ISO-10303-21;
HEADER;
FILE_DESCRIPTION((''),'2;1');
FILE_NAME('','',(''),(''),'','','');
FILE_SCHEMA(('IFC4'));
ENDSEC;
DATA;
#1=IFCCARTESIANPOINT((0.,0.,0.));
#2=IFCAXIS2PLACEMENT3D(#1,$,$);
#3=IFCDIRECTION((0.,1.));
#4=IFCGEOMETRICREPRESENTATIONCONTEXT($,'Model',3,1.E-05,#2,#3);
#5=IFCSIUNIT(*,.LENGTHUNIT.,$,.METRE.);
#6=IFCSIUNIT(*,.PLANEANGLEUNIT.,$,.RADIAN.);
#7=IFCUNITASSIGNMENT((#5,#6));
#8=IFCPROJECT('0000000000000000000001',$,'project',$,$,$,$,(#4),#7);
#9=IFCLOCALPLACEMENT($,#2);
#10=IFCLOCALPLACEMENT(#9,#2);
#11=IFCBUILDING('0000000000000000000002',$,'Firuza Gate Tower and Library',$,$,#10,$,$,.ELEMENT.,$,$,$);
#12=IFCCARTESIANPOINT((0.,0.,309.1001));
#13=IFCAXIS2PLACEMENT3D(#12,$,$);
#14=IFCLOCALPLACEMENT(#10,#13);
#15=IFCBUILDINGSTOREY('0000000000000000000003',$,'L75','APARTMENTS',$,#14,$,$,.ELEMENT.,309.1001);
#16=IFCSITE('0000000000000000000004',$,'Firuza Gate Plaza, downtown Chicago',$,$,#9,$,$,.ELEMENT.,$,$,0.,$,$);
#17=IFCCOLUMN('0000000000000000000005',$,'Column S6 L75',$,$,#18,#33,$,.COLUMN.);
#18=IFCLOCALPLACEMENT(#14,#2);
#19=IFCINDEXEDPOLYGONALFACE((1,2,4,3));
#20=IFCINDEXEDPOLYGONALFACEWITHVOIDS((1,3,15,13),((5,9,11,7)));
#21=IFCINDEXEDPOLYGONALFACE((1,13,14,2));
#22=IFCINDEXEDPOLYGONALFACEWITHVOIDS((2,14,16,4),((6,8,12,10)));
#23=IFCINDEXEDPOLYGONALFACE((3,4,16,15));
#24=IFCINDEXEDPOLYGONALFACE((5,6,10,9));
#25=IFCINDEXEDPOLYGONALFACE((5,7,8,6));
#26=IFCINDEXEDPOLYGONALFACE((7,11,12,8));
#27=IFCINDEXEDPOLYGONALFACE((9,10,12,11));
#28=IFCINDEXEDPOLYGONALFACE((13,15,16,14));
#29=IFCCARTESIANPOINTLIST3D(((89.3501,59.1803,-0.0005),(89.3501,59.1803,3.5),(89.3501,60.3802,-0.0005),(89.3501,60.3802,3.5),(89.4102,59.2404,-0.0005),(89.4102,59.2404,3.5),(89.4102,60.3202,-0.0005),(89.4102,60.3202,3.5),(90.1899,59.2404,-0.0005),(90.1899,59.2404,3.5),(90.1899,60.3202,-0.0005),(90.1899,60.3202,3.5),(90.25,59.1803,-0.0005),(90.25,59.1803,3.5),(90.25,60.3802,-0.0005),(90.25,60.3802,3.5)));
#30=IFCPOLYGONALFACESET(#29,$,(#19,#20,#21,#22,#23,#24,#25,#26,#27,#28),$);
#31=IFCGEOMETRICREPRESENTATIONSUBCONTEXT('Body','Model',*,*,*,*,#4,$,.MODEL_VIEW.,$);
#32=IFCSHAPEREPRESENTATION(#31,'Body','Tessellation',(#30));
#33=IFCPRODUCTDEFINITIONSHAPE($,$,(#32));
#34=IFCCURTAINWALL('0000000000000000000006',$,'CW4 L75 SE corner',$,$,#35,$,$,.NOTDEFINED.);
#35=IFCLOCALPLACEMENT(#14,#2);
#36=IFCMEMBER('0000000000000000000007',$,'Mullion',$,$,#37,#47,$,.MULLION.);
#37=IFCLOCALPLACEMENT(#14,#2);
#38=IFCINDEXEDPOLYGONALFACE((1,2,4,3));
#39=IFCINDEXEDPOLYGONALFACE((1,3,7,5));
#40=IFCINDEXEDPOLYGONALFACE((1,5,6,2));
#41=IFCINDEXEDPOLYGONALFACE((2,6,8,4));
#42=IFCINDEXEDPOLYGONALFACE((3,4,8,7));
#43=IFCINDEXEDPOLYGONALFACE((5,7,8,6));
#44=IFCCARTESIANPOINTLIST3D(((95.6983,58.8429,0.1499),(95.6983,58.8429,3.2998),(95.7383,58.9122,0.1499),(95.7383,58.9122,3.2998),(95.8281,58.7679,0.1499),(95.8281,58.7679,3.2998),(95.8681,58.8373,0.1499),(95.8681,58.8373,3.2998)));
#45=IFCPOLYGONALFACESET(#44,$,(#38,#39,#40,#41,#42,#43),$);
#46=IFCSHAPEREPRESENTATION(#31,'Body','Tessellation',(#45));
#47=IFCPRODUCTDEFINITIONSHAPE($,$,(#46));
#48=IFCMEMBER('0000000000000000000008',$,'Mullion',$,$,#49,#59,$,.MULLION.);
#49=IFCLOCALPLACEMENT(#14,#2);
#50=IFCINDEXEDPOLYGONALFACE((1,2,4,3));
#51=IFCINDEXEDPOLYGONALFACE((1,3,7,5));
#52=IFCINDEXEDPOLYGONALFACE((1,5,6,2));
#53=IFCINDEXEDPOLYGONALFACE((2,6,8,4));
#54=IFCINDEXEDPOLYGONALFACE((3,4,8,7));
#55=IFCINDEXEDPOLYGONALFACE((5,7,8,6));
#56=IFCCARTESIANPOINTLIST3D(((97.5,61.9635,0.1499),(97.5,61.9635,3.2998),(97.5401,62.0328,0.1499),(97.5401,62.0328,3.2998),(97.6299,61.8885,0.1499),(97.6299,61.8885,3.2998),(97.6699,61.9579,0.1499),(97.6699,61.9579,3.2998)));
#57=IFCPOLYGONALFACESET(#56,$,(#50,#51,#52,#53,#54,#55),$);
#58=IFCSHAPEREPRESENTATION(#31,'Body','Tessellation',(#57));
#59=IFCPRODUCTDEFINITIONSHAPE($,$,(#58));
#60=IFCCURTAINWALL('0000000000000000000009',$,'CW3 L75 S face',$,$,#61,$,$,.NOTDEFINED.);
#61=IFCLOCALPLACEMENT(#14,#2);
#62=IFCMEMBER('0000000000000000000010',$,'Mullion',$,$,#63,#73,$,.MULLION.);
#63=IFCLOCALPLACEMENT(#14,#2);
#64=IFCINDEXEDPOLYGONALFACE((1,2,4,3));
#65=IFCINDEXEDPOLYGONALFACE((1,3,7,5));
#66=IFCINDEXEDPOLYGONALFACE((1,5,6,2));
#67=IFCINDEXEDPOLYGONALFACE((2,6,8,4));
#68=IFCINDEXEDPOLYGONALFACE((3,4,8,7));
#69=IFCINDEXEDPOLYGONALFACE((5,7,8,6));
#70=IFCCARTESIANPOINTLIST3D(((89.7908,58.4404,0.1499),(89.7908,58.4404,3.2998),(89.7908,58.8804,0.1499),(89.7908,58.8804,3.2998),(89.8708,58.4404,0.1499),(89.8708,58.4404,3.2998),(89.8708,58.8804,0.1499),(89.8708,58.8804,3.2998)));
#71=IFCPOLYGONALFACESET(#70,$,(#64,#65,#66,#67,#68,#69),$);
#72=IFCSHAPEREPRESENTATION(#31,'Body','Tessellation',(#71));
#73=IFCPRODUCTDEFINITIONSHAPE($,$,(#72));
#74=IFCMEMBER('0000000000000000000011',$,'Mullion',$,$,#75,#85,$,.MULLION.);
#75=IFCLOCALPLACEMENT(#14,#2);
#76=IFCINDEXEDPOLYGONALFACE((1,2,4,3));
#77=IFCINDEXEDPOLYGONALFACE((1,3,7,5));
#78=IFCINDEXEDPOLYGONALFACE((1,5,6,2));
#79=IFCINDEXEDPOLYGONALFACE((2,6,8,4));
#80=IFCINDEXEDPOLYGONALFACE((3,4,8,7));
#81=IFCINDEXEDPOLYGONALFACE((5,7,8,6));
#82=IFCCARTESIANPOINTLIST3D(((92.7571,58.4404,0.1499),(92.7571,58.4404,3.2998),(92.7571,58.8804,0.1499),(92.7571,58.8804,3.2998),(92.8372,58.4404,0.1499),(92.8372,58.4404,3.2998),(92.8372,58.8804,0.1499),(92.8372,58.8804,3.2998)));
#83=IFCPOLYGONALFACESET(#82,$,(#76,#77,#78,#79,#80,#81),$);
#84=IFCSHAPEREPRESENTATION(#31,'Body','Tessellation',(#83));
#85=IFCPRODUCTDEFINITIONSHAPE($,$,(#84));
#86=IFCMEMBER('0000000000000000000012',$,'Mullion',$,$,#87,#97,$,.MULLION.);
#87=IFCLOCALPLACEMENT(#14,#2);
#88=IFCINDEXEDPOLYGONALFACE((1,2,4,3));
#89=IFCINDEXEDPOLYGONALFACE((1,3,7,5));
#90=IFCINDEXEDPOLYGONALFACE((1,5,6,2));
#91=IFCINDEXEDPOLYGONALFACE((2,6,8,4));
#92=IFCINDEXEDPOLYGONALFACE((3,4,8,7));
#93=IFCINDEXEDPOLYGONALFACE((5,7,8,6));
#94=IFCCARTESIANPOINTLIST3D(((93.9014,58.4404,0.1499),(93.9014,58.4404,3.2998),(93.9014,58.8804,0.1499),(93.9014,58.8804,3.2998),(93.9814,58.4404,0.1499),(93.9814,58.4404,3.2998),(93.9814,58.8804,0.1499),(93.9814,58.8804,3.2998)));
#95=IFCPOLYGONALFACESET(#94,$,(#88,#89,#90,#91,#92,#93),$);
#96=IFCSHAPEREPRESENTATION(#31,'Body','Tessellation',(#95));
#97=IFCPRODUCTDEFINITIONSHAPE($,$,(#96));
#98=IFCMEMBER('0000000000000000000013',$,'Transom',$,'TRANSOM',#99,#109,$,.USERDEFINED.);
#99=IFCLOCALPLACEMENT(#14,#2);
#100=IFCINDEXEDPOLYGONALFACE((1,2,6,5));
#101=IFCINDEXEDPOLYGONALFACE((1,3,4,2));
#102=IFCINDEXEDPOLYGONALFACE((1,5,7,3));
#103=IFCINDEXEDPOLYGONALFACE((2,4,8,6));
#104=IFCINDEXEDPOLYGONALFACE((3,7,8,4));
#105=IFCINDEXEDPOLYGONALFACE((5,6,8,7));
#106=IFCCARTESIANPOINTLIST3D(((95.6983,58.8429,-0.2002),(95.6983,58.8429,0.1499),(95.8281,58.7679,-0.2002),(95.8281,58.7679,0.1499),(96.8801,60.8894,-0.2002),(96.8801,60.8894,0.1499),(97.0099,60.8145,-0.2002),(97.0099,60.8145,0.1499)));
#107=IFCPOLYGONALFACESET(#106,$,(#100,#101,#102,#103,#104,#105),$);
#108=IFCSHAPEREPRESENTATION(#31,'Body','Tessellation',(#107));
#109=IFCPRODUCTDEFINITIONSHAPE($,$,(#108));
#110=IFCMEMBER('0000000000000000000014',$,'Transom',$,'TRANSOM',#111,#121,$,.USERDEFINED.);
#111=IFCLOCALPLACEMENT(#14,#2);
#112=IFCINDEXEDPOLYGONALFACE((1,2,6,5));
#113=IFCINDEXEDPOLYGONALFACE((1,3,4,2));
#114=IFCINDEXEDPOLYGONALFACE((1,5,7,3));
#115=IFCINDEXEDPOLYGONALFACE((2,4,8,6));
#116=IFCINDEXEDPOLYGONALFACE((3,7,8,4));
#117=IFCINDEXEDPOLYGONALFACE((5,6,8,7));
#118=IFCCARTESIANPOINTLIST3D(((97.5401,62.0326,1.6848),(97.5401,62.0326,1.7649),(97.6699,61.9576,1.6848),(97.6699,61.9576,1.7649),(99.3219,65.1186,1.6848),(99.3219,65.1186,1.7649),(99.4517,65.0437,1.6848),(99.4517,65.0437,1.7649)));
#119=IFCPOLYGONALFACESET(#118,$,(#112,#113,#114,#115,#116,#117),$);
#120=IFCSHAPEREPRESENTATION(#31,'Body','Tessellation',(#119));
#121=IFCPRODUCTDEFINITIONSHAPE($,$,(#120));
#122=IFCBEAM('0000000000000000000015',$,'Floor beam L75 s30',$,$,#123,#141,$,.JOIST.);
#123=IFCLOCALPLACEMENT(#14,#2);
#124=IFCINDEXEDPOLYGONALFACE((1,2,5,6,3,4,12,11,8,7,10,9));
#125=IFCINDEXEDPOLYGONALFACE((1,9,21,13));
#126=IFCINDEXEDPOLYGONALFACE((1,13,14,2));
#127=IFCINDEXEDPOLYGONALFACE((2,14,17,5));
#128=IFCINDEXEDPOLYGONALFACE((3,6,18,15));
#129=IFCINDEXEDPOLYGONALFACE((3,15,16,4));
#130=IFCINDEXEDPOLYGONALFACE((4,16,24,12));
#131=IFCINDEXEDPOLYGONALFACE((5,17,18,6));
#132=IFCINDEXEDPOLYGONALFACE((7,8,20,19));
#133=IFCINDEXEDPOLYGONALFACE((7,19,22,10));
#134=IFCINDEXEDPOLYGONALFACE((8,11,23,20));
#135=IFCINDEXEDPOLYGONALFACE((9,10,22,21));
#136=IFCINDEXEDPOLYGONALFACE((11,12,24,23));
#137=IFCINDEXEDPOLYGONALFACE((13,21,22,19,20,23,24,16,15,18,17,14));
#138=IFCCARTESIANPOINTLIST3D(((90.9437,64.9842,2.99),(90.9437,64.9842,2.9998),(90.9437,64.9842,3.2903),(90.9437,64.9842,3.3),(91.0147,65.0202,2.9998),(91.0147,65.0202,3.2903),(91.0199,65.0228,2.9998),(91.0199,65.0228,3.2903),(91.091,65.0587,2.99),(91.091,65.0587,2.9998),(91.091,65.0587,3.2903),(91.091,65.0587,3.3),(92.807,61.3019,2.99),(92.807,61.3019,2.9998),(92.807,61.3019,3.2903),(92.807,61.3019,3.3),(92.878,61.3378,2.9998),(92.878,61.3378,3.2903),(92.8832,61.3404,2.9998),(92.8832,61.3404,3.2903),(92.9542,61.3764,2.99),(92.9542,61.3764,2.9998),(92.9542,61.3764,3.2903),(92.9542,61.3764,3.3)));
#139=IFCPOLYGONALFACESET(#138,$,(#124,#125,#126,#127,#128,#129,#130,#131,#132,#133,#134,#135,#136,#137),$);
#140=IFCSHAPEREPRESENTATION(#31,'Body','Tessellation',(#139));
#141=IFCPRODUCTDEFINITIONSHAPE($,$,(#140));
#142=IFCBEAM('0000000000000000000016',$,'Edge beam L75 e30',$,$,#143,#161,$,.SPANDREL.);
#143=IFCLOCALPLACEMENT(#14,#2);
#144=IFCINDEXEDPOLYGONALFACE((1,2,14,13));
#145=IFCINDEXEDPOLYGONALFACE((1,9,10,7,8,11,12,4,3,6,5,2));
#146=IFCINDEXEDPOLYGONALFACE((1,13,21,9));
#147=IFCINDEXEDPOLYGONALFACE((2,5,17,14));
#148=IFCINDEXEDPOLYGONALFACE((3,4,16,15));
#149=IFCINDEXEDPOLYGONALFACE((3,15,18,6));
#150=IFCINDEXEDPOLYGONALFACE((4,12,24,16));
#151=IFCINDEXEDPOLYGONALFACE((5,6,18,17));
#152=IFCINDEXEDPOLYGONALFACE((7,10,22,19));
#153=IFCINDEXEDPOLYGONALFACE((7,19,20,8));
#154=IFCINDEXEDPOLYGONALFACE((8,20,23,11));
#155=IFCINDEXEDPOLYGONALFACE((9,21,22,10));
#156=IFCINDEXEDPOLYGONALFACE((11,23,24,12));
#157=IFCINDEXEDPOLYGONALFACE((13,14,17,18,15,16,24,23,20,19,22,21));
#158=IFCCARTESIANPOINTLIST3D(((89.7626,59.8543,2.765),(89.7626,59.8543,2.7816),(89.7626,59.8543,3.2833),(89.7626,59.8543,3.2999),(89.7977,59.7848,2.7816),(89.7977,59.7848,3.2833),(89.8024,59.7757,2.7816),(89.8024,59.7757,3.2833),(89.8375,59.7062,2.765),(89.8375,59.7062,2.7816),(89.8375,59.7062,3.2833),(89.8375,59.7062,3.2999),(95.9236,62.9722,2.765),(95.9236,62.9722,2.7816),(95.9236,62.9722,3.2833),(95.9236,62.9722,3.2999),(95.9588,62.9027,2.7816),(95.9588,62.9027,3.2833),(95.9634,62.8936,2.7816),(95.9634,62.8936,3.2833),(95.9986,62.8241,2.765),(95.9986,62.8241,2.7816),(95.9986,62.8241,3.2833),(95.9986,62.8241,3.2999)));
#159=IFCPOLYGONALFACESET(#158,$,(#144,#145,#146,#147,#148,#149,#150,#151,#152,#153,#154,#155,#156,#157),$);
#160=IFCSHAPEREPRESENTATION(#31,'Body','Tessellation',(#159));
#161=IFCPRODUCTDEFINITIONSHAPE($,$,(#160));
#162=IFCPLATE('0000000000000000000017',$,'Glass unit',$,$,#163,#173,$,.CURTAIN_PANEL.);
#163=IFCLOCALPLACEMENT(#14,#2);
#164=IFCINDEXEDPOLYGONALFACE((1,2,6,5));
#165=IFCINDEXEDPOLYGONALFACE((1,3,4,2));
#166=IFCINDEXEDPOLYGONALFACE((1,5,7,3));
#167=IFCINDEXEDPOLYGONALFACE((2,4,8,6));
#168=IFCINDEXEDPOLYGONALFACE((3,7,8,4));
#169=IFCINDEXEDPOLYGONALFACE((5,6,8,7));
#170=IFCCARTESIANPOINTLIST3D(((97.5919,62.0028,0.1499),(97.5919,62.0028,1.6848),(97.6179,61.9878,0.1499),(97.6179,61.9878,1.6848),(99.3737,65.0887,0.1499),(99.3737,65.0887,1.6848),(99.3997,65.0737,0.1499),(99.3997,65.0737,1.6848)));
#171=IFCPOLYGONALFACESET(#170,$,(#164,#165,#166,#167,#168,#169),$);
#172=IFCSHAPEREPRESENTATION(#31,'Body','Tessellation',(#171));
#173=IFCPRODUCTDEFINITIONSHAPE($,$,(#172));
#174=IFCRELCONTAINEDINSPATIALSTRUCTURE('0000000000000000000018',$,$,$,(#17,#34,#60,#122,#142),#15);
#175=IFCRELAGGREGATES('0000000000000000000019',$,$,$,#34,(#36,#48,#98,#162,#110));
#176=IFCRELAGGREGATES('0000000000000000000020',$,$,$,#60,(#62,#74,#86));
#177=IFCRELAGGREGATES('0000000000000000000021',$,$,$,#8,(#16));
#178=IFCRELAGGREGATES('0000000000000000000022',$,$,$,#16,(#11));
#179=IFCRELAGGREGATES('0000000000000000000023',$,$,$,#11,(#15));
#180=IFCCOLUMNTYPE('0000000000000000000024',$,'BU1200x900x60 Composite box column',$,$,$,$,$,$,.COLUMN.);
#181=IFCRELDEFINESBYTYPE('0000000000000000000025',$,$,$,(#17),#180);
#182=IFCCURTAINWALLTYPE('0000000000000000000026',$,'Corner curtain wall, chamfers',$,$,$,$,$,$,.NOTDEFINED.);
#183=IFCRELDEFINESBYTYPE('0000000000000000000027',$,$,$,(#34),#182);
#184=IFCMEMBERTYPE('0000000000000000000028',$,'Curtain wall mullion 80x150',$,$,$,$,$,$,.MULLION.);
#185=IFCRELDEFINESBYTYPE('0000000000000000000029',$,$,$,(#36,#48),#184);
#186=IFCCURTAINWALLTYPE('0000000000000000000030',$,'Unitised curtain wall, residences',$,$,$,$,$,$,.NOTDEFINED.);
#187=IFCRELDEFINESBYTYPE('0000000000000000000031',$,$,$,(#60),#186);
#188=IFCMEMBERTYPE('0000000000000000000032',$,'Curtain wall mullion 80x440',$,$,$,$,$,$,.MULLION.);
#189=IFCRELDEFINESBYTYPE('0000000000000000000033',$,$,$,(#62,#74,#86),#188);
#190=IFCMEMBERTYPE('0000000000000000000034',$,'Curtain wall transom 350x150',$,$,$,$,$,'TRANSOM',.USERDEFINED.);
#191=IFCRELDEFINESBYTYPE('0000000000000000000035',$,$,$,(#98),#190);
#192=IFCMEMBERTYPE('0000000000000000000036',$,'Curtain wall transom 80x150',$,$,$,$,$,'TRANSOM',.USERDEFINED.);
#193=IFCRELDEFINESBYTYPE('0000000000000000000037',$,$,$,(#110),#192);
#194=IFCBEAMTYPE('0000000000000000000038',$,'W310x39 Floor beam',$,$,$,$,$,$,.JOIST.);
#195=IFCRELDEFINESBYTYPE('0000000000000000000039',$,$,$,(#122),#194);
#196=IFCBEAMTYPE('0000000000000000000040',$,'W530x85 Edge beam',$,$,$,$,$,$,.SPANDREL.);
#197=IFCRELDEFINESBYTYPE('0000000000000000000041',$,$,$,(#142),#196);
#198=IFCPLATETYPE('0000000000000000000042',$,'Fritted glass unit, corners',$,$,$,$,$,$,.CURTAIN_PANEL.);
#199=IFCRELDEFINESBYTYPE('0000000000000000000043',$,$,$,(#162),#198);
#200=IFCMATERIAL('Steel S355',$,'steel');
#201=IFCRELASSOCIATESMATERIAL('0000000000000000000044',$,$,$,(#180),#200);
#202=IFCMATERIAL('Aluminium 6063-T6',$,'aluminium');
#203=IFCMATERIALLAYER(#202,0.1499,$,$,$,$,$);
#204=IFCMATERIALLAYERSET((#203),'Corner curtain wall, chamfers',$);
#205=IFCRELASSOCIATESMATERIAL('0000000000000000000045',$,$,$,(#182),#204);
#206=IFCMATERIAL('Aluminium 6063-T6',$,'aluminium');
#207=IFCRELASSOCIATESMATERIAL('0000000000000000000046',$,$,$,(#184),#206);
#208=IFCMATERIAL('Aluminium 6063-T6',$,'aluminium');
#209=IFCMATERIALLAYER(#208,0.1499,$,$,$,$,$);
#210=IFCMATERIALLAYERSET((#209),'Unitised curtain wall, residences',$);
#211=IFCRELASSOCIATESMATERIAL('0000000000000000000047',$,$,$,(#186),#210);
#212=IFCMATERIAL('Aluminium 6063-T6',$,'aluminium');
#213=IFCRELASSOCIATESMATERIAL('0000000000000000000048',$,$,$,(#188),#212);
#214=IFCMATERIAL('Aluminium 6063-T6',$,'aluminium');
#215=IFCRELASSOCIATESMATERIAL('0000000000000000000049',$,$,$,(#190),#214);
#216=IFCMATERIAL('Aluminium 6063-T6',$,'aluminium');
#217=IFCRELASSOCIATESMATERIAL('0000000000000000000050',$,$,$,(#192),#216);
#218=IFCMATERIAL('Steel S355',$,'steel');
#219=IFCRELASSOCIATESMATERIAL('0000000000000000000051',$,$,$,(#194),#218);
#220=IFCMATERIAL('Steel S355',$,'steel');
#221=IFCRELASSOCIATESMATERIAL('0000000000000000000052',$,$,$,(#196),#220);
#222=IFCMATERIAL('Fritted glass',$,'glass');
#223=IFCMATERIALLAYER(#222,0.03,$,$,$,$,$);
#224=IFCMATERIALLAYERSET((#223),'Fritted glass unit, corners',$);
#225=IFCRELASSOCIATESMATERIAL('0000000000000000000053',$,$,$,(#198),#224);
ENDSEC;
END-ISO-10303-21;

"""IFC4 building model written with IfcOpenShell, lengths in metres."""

from ifc_helpers import new_model, si_unit, direction, frame, origin, origin_2d, place, context, subcontext, project, spatial, polyline, rectangle, hollow_rectangle, i_section, outline, extrude, material, layer, layer_set, material_profile, profile_set, type_object, element, aggregate, save


model = new_model("IFC4")

# Units and contexts
model_context = context("Model", 3, precision=1e-05, world=origin(), true_north=direction((0.0, 1.0)))
body_context = subcontext(model_context, "Body", "Model", "MODEL_VIEW")
ifc_project = project(units=[si_unit("LENGTHUNIT", "METRE"), si_unit("PLANEANGLEUNIT", "RADIAN")], contexts=[model_context])

# Site, building, storey
site_placement = place(None, origin())
site = spatial("IfcSite", under=ifc_project, at=site_placement, Name="Firuza Gate Plaza, downtown Chicago", CompositionType="ELEMENT", RefElevation=0.0)
building_placement = place(site_placement, origin())
building = spatial("IfcBuilding", under=site, at=building_placement, Name="Firuza Gate Tower and Library", CompositionType="ELEMENT")
storey_placement = place(building_placement, frame((0.0, 0.0, 309.1001)))
storey = spatial("IfcBuildingStorey", under=building, at=storey_placement, Name="L75", Description="APARTMENTS", CompositionType="ELEMENT", Elevation=309.1001)

# Column
ifc_material_1 = material(Name="Steel S355", Category="steel")
ifc_material_profile_1 = material_profile(ifc_material_1, hollow_rectangle(XDim=0.8999, YDim=1.2, WallThickness=0.0601, at=origin_2d()))
ifc_profile_set_1 = profile_set([ifc_material_profile_1], Name="Steel S355")
column_type = type_object("IfcColumnType", Name="BU1200x900x60 Composite box column", PredefinedType="COLUMN", material=ifc_profile_set_1)
column_placement = place(storey_placement, frame((89.8, 59.7803, -0.0005), z_axis=(0.0, 0.0, 1.0), x_axis=(1.0, 0.0, 0.0)))
element("IfcColumn", 1, at=column_placement, inside=storey, type_object=column_type, Name="Column S6 L75", PredefinedType="COLUMN", context=body_context, shape_type="SweptSolid", body=[
    extrude(hollow_rectangle(XDim=0.8999, YDim=1.2, WallThickness=0.0601, at=origin_2d()), origin(), (0.0, 0.0, 1.0), 3.5005),
])

# Curtain walls, members
ifc_material_2 = material(Name="Aluminium 6063-T6", Category="aluminium")
ifc_layer_1 = layer(ifc_material_2, 0.1499)
ifc_layer_set_1 = layer_set([ifc_layer_1], Name="Corner curtain wall, chamfers")
curtain_wall_type_1 = type_object("IfcCurtainWallType", Name="Corner curtain wall, chamfers", PredefinedType="NOTDEFINED", material=ifc_layer_set_1)
placement = place(storey_placement, origin())
curtain_wall_1 = element("IfcCurtainWall", 2, at=placement, inside=storey, type_object=curtain_wall_type_1, Name="CW4 L75 SE corner", PredefinedType="NOTDEFINED")
ifc_material_3 = material(Name="Aluminium 6063-T6", Category="aluminium")
ifc_material_profile_2 = material_profile(ifc_material_3, rectangle(XDim=0.1499, YDim=0.0801, at=origin_2d()))
ifc_profile_set_2 = profile_set([ifc_material_profile_2], Name="Aluminium 6063-T6")
member_type_1 = type_object("IfcMemberType", Name="Curtain wall mullion 80x150", PredefinedType="MULLION", material=ifc_profile_set_2)
member_1_placement = place(storey_placement, frame((95.7832, 58.8401, 0.1499), z_axis=(0.0, 0.0, 1.0), x_axis=(-0.866025, 0.5, 0.0)))
member_1 = element("IfcMember", 3, at=member_1_placement, type_object=member_type_1, Name="Mullion", PredefinedType="MULLION", context=body_context, shape_type="SweptSolid", body=[
    extrude(rectangle(XDim=0.1499, YDim=0.0801, at=origin_2d()), origin(), (0.0, 0.0, 1.0), 3.1499),
])
member_2_placement = place(storey_placement, frame((97.585, 61.9607, 0.1499), z_axis=(0.0, 0.0, 1.0), x_axis=(-0.866025, 0.5, 0.0)))
member_2 = element("IfcMember", 4, at=member_2_placement, type_object=member_type_1, Name="Mullion", PredefinedType="MULLION", context=body_context, shape_type="SweptSolid", body=[
    extrude(rectangle(XDim=0.1499, YDim=0.0801, at=origin_2d()), origin(), (0.0, 0.0, 1.0), 3.1499),
])
ifc_material_4 = material(Name="Aluminium 6063-T6", Category="aluminium")
ifc_layer_2 = layer(ifc_material_4, 0.1499)
ifc_layer_set_2 = layer_set([ifc_layer_2], Name="Unitised curtain wall, residences")
curtain_wall_type_2 = type_object("IfcCurtainWallType", Name="Unitised curtain wall, residences", PredefinedType="NOTDEFINED", material=ifc_layer_set_2)
curtain_wall_2 = element("IfcCurtainWall", 5, at=placement, inside=storey, type_object=curtain_wall_type_2, Name="CW3 L75 S face", PredefinedType="NOTDEFINED")
ifc_material_5 = material(Name="Aluminium 6063-T6", Category="aluminium")
ifc_material_profile_3 = material_profile(ifc_material_5, rectangle(XDim=0.4399, YDim=0.0801, at=origin_2d()))
ifc_profile_set_3 = profile_set([ifc_material_profile_3], Name="Aluminium 6063-T6")
member_type_2 = type_object("IfcMemberType", Name="Curtain wall mullion 80x440", PredefinedType="MULLION", material=ifc_profile_set_3)
member_3_placement = place(storey_placement, frame((89.8308, 58.6604, 0.1499), z_axis=(0.0, 0.0, 1.0), x_axis=(0.0, 1.0, 0.0)))
member_3 = element("IfcMember", 6, at=member_3_placement, type_object=member_type_2, Name="Mullion", PredefinedType="MULLION", context=body_context, shape_type="SweptSolid", body=[
    extrude(rectangle(XDim=0.4399, YDim=0.0801, at=origin_2d()), origin(), (0.0, 0.0, 1.0), 3.1499),
])
member_4_placement = place(storey_placement, frame((92.7971, 58.6604, 0.1499), z_axis=(0.0, 0.0, 1.0), x_axis=(0.0, 1.0, 0.0)))
member_4 = element("IfcMember", 7, at=member_4_placement, type_object=member_type_2, Name="Mullion", PredefinedType="MULLION", context=body_context, shape_type="SweptSolid", body=[
    extrude(rectangle(XDim=0.4399, YDim=0.0801, at=origin_2d()), origin(), (0.0, 0.0, 1.0), 3.1499),
])
member_5_placement = place(storey_placement, frame((93.9414, 58.6604, 0.1499), z_axis=(0.0, 0.0, 1.0), x_axis=(0.0, 1.0, 0.0)))
member_5 = element("IfcMember", 8, at=member_5_placement, type_object=member_type_2, Name="Mullion", PredefinedType="MULLION", context=body_context, shape_type="SweptSolid", body=[
    extrude(rectangle(XDim=0.4399, YDim=0.0801, at=origin_2d()), origin(), (0.0, 0.0, 1.0), 3.1499),
])

# Members
ifc_material_6 = material(Name="Aluminium 6063-T6", Category="aluminium")
ifc_material_profile_4 = material_profile(ifc_material_6, rectangle(XDim=0.1499, YDim=0.3501, at=origin_2d()))
ifc_profile_set_4 = profile_set([ifc_material_profile_4], Name="Aluminium 6063-T6")
member_type_3 = type_object("IfcMemberType", Name="Curtain wall transom 350x150", ElementType="TRANSOM", PredefinedType="USERDEFINED", material=ifc_profile_set_4)
member_6_placement = place(storey_placement, frame((95.7632, 58.8054, -0.0251), z_axis=(0.500083, 0.865977, 0.0), x_axis=(-0.865977, 0.500083, 0.0)))
member_6 = element("IfcMember", 9, at=member_6_placement, type_object=member_type_3, Name="Transom", ObjectType="TRANSOM", PredefinedType="USERDEFINED", context=body_context, shape_type="SweptSolid", body=[
    extrude(rectangle(XDim=0.1499, YDim=0.3501, at=origin_2d()), origin(), (0.0, 0.0, 1.0), 2.3633),
])
ifc_material_7 = material(Name="Aluminium 6063-T6", Category="aluminium")
ifc_material_profile_5 = material_profile(ifc_material_7, rectangle(XDim=0.1499, YDim=0.0801, at=origin_2d()))
ifc_profile_set_5 = profile_set([ifc_material_profile_5], Name="Aluminium 6063-T6")
member_type_4 = type_object("IfcMemberType", Name="Curtain wall transom 80x150", ElementType="TRANSOM", PredefinedType="USERDEFINED", material=ifc_profile_set_5)
member_7_placement = place(storey_placement, frame((97.605, 61.9951, 1.7249), z_axis=(0.500015, 0.866017, 0.0), x_axis=(-0.866017, 0.500015, 0.0)))
member_7 = element("IfcMember", 10, at=member_7_placement, type_object=member_type_4, Name="Transom", ObjectType="TRANSOM", PredefinedType="USERDEFINED", context=body_context, shape_type="SweptSolid", body=[
    extrude(rectangle(XDim=0.1499, YDim=0.0801, at=origin_2d()), origin(), (0.0, 0.0, 1.0), 3.5635),
])

# Beams
ifc_material_8 = material(Name="Steel S355", Category="steel")
ifc_material_profile_6 = material_profile(ifc_material_8, i_section(OverallWidth=0.165, OverallDepth=0.3101, WebThickness=0.0059, FlangeThickness=0.0098, at=origin_2d()))
ifc_profile_set_6 = profile_set([ifc_material_profile_6], Name="Steel S355")
beam_type_1 = type_object("IfcBeamType", Name="W310x39 Floor beam", PredefinedType="JOIST", material=ifc_profile_set_6)
beam_1_placement = place(storey_placement, frame((92.8806, 61.3391, 3.145), z_axis=(-0.451491, 0.892275, 0.0), x_axis=(-0.892275, -0.451491, 0.0)))
element("IfcBeam", 11, at=beam_1_placement, inside=storey, type_object=beam_type_1, Name="Floor beam L75 s30", PredefinedType="JOIST", context=body_context, shape_type="SweptSolid", body=[
    extrude(i_section(OverallWidth=0.165, OverallDepth=0.3101, WebThickness=0.0059, FlangeThickness=0.0098, at=origin_2d()), origin(), (0.0, 0.0, 1.0), 4.127),
])
ifc_material_9 = material(Name="Steel S355", Category="steel")
ifc_material_profile_7 = material_profile(ifc_material_9, i_section(OverallWidth=0.166, OverallDepth=0.5349, WebThickness=0.0103, FlangeThickness=0.0166, at=origin_2d()))
ifc_profile_set_7 = profile_set([ifc_material_profile_7], Name="Steel S355")
beam_type_2 = type_object("IfcBeamType", Name="W530x85 Edge beam", PredefinedType="SPANDREL", material=ifc_profile_set_7)
beam_2_placement = place(storey_placement, frame((89.8, 59.7803, 3.0325), z_axis=(0.892253, 0.451536, 0.0), x_axis=(-0.451536, 0.892253, 0.0)))
element("IfcBeam", 12, at=beam_2_placement, inside=storey, type_object=beam_type_2, Name="Edge beam L75 e30", PredefinedType="SPANDREL", context=body_context, shape_type="SweptSolid", body=[
    extrude(i_section(OverallWidth=0.166, OverallDepth=0.5349, WebThickness=0.0103, FlangeThickness=0.0166, at=origin_2d()), origin(), (0.0, 0.0, 1.0), 6.905),
])

# Plate
ifc_material_10 = material(Name="Fritted glass", Category="glass")
ifc_layer_3 = layer(ifc_material_10, 0.03)
ifc_layer_set_3 = layer_set([ifc_layer_3], Name="Fritted glass unit, corners")
plate_type_1 = type_object("IfcPlateType", Name="Fritted glass unit, corners", PredefinedType="CURTAIN_PANEL", material=ifc_layer_set_3)
plate_1_placement = place(storey_placement, frame((97.6179, 61.9878, 0.1499), z_axis=(0.866017, -0.500015, 0.0), x_axis=(0.500015, 0.866017, 0.0)))
plate_1 = element("IfcPlate", 13, at=plate_1_placement, type_object=plate_type_1, Name="Glass unit", PredefinedType="CURTAIN_PANEL", context=body_context, shape_type="SweptSolid", body=[
    extrude(outline(polyline([(0.0, 0.0), (3.5634, 0.0), (3.5634, 1.5349), (0.0, 1.5349), (0.0, 0.0)])), origin(), (0.0, 0.0, -1.0), 0.03),
])
aggregate(curtain_wall_1, [member_1, member_2, member_6, plate_1, member_7])
aggregate(curtain_wall_2, [member_3, member_4, member_5])

save(model, "model.ifc")
